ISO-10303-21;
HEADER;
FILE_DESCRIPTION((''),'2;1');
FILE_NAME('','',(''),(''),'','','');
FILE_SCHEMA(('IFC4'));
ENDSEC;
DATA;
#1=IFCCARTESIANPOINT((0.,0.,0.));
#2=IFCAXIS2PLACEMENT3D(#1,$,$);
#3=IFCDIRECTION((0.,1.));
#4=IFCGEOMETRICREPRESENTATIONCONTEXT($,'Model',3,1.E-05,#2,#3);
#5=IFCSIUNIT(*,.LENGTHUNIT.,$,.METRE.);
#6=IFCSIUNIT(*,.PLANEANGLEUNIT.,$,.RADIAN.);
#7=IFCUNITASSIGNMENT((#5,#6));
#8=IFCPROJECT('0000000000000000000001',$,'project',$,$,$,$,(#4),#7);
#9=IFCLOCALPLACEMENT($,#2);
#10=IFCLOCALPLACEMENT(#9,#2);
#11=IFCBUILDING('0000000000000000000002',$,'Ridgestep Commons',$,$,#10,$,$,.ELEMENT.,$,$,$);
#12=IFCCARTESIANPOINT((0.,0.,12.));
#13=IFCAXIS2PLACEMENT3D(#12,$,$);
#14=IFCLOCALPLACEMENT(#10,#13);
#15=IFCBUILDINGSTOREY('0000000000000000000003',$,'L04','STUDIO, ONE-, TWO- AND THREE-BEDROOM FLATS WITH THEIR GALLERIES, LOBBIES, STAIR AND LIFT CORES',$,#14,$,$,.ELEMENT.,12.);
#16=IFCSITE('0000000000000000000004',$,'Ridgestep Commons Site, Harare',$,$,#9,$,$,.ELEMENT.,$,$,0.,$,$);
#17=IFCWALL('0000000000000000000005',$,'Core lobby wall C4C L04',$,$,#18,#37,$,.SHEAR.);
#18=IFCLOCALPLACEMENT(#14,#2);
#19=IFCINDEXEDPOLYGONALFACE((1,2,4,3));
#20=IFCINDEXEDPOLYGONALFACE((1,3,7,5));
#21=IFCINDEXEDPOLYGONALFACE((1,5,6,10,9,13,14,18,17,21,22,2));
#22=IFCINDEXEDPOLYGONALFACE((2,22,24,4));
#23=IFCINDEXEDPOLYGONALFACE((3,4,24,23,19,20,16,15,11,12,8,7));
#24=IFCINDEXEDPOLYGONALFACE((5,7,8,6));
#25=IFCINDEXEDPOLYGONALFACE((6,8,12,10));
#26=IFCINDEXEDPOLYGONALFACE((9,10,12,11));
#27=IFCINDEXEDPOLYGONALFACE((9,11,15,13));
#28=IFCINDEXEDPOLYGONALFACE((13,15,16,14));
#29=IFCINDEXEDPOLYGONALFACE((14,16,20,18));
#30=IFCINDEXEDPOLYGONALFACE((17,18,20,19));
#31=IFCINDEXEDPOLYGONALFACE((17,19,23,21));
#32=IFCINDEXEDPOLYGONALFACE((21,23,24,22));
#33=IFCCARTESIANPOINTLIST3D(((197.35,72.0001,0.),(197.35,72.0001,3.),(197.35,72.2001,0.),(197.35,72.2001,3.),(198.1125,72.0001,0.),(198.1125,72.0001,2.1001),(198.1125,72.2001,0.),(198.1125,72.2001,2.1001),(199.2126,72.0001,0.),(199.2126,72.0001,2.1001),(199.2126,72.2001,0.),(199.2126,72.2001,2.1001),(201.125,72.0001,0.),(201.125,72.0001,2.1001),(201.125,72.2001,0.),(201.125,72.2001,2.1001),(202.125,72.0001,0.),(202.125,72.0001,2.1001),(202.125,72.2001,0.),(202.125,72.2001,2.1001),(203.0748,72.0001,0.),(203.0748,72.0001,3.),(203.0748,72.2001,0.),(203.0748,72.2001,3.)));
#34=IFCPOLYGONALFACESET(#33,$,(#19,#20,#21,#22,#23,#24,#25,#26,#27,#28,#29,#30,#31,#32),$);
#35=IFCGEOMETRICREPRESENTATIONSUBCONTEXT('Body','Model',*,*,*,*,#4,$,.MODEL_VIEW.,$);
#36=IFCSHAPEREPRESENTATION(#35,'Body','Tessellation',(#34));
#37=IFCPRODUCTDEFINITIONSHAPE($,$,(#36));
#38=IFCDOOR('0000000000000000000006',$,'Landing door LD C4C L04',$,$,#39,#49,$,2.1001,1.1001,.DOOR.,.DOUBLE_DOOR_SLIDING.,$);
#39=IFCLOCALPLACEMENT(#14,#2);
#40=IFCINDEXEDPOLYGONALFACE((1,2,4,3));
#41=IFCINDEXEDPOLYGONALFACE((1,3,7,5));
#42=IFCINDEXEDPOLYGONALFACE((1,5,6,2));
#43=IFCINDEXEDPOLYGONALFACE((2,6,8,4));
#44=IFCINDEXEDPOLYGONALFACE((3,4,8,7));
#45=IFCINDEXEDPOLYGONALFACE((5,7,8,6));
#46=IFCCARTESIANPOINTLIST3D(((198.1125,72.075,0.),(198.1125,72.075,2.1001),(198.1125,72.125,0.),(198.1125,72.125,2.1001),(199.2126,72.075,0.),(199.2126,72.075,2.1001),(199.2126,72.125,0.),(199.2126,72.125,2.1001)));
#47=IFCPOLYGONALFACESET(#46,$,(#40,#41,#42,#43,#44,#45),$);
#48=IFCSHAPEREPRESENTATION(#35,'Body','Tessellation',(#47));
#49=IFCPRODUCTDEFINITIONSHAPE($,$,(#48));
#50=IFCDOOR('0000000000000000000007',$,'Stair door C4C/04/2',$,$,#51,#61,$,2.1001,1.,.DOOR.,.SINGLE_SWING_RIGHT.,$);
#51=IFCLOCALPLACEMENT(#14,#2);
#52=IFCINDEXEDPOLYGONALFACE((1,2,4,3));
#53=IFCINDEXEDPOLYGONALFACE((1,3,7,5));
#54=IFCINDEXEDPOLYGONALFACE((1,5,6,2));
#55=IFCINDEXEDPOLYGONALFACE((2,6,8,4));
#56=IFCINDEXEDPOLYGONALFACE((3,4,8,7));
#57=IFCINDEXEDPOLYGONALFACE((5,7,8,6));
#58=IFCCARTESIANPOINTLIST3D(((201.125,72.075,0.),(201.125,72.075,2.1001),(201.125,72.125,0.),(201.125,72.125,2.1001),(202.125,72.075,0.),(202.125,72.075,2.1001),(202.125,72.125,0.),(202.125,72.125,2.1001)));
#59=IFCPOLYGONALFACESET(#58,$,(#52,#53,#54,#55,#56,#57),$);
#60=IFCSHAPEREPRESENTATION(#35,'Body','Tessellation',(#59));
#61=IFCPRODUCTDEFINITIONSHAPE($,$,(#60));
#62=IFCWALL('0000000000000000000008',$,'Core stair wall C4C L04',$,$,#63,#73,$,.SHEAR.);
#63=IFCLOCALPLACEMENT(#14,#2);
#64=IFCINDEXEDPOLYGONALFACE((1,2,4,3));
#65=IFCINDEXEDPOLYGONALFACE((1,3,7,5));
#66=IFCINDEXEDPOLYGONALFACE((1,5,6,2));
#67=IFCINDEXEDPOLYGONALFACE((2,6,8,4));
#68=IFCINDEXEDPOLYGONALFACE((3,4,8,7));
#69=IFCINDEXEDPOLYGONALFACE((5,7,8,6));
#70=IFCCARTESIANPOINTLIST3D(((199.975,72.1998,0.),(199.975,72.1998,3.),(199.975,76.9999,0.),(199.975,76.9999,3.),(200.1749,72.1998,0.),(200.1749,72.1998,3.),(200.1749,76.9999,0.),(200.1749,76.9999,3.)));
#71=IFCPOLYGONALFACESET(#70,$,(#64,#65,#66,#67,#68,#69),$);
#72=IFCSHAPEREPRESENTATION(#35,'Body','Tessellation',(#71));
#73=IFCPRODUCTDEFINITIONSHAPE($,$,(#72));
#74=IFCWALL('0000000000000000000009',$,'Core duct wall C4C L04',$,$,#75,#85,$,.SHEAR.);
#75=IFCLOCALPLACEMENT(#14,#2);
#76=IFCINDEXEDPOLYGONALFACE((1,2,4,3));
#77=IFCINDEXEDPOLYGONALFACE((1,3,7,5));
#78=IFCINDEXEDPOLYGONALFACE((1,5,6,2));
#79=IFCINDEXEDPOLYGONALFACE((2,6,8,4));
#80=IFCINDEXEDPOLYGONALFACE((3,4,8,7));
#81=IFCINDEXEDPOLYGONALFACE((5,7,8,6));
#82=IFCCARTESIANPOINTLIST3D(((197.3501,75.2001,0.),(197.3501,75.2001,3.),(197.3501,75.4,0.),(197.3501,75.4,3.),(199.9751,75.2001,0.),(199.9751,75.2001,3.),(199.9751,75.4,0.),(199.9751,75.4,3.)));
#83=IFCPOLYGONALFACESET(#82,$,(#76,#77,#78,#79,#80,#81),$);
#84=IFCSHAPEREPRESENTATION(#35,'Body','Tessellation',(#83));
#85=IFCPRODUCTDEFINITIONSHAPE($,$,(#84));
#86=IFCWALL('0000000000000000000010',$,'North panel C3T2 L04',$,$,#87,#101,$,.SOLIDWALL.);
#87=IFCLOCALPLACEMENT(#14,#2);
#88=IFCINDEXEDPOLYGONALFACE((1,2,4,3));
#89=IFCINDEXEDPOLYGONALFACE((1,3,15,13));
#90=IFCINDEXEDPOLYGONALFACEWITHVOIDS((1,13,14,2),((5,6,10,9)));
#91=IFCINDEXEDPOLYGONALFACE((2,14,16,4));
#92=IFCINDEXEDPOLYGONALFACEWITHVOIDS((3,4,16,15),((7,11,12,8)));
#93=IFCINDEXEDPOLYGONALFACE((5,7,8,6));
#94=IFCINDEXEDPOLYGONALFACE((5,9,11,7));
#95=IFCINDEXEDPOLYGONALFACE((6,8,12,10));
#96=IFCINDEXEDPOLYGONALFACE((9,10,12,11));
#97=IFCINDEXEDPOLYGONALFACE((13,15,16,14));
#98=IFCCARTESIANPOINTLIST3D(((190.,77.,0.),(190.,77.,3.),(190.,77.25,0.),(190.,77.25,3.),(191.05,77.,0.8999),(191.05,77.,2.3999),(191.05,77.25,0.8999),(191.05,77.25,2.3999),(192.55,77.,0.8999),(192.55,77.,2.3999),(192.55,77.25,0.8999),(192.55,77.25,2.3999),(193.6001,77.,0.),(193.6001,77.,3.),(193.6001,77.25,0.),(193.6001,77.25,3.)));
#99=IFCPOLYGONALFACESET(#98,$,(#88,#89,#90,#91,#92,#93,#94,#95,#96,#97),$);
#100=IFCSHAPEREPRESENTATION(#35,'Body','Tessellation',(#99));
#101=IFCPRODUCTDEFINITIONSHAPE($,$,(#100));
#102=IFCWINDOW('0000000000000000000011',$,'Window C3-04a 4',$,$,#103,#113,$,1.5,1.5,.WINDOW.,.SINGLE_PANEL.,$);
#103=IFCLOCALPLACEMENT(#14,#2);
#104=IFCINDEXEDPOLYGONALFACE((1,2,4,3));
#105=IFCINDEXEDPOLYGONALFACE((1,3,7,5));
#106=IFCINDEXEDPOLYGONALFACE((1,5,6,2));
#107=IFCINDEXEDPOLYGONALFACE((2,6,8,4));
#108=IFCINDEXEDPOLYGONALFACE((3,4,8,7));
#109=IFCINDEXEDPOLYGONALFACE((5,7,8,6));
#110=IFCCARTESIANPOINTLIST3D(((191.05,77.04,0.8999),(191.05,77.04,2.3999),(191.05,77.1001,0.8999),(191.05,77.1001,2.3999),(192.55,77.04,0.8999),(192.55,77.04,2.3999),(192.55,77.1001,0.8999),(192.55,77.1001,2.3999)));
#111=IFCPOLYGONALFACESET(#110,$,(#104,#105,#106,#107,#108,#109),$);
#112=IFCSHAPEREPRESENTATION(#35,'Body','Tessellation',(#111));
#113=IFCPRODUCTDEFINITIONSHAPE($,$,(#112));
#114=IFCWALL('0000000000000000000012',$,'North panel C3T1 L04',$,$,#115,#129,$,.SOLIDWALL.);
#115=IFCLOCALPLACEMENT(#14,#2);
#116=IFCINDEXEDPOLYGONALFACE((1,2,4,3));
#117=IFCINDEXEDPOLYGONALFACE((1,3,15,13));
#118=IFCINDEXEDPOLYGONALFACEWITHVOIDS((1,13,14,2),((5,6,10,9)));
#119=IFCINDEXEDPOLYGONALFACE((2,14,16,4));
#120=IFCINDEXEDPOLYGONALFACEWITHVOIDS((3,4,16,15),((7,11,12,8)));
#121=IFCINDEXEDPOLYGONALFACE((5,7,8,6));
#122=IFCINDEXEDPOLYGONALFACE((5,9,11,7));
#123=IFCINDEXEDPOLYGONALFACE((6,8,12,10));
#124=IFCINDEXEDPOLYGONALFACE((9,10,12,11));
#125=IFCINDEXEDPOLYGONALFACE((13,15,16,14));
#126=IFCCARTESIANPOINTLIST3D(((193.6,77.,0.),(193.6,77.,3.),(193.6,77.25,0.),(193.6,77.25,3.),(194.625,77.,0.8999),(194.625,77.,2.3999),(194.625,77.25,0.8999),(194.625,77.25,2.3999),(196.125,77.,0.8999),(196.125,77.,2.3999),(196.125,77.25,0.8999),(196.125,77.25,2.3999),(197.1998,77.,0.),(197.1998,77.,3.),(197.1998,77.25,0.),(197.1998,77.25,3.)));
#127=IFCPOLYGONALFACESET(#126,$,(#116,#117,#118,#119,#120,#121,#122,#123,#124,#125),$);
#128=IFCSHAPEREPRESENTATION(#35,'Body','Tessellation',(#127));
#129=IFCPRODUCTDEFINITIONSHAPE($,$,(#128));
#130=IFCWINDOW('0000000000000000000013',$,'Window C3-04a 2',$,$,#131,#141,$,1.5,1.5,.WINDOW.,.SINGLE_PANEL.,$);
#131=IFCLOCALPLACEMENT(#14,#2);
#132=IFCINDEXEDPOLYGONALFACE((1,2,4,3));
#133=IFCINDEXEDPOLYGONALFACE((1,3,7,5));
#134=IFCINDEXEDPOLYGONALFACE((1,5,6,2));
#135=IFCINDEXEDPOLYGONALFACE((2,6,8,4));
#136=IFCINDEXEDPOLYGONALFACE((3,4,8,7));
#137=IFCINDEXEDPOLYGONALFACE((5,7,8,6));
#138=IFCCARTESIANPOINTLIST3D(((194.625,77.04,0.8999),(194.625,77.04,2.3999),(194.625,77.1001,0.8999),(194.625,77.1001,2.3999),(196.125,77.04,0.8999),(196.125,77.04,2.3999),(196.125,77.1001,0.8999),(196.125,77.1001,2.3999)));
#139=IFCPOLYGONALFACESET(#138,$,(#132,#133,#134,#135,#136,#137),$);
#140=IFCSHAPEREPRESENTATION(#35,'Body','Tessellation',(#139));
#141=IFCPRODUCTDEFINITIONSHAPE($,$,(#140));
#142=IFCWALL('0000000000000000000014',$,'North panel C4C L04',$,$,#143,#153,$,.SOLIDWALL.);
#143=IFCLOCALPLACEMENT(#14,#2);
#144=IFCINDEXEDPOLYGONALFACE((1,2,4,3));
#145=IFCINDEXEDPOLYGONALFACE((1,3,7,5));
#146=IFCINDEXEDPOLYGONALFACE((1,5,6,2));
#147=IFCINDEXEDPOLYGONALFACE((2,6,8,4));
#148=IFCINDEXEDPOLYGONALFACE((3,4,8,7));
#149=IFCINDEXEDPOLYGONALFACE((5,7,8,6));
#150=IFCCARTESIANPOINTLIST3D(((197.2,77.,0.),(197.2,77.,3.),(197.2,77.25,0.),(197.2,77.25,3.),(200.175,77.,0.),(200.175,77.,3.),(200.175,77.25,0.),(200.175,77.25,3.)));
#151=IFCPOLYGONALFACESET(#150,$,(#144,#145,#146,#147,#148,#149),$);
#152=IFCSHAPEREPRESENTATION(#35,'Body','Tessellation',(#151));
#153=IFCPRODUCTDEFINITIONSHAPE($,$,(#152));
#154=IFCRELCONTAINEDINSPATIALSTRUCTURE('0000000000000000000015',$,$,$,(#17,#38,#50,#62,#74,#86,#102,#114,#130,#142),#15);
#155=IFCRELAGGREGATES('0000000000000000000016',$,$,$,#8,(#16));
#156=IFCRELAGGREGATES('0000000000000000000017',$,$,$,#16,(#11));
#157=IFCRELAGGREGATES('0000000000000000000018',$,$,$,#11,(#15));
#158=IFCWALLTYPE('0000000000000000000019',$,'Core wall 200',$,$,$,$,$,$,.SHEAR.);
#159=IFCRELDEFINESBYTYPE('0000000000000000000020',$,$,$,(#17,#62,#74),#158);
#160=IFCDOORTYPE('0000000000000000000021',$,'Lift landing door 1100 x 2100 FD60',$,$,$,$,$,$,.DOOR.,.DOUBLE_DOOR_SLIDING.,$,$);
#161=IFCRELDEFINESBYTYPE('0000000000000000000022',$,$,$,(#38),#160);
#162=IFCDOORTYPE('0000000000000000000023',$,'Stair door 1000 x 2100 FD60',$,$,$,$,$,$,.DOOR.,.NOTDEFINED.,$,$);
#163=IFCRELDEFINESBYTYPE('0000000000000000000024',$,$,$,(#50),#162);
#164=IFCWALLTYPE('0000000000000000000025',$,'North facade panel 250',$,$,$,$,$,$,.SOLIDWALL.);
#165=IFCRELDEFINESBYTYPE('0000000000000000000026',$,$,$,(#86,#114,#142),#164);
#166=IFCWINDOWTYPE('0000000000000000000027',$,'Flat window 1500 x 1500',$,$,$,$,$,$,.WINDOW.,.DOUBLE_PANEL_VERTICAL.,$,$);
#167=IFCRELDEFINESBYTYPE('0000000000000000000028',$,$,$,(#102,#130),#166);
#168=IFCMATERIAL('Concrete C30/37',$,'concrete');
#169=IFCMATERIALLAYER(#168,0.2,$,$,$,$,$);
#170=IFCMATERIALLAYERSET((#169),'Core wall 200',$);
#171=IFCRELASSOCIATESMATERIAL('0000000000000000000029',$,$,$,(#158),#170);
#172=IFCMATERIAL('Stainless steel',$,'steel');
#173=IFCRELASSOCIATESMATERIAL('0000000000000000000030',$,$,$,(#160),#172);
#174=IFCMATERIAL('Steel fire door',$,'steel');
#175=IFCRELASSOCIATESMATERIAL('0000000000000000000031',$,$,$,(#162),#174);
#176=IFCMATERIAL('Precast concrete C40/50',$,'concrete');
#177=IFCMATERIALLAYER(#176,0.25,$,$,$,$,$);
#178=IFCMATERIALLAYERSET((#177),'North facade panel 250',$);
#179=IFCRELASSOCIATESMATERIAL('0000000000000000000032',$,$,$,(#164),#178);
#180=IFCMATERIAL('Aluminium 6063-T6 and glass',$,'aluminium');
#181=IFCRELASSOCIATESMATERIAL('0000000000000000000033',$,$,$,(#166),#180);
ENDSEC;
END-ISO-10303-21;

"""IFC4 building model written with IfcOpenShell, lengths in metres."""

from ifc_helpers import new_model, si_unit, direction, frame, frame_2d, origin, place, context, subcontext, project, spatial, rectangle, extrude, material, layer, layer_set, type_object, element, fill, save


model = new_model("IFC4")

# Units and contexts
model_context = context("Model", 3, precision=1e-05, world=origin(), true_north=direction((0.0, 1.0)))
body_context = subcontext(model_context, "Body", "Model", "MODEL_VIEW")
ifc_project = project(units=[si_unit("LENGTHUNIT", "METRE"), si_unit("PLANEANGLEUNIT", "RADIAN")], contexts=[model_context])

# Site, building, storey
site_placement = place(None, origin())
site = spatial("IfcSite", under=ifc_project, at=site_placement, Name="Ridgestep Commons Site, Harare", CompositionType="ELEMENT", RefElevation=0.0)
building_placement = place(site_placement, origin())
building = spatial("IfcBuilding", under=site, at=building_placement, Name="Ridgestep Commons", CompositionType="ELEMENT")
storey_placement = place(building_placement, frame((0.0, 0.0, 12.0)))
storey = spatial("IfcBuildingStorey", under=building, at=storey_placement, Name="L04", Description="STUDIO, ONE-, TWO- AND THREE-BEDROOM FLATS WITH THEIR GALLERIES, LOBBIES, STAIR AND LIFT CORES", CompositionType="ELEMENT", Elevation=12.0)

# Wall, openings, doors
ifc_material_1 = material(Name="Concrete C30/37", Category="concrete")
ifc_layer_1 = layer(ifc_material_1, 0.2)
ifc_layer_set_1 = layer_set([ifc_layer_1], Name="Core wall 200")
wall_type_1 = type_object("IfcWallType", Name="Core wall 200", PredefinedType="SHEAR", material=ifc_layer_set_1)
wall_1_placement = place(storey_placement, frame((197.3501, 72.1001, 0.0), z_axis=(0.0, 0.0, 1.0), x_axis=(1.0, 0.0, 0.0)))
wall_1 = element("IfcWall", 1, at=wall_1_placement, inside=storey, type_object=wall_type_1, Name="Core lobby wall C4C L04", PredefinedType="SHEAR", context=body_context, shape_type="SweptSolid", body=[
    extrude(rectangle(XDim=5.7249, YDim=0.2, at=frame_2d((2.8623, 0.0))), origin(), (0.0, 0.0, 1.0), 3.0),
])
opening_1_placement = place(wall_1_placement, frame((3.7749, 0.0, 0.0)))
opening_1 = element("IfcOpeningElement", 2, at=opening_1_placement, cuts=wall_1, PredefinedType="OPENING", context=body_context, shape_type="SweptSolid", body=[
    extrude(rectangle(XDim=1.0, YDim=2.1001, at=frame_2d((0.5, 1.05))), frame((0.0, 0.1099, 0.0), z_axis=(0.0, -1.0, 0.0), x_axis=(1.0, 0.0, 0.0)), (0.0, 0.0, 1.0), 0.22),
])
opening_2_placement = place(wall_1_placement, frame((0.7625, 0.0, 0.0)))
opening_2 = element("IfcOpeningElement", 3, at=opening_2_placement, cuts=wall_1, PredefinedType="OPENING", context=body_context, shape_type="SweptSolid", body=[
    extrude(rectangle(XDim=1.1001, YDim=2.1001, at=frame_2d((0.55, 1.05))), frame((0.0, 0.1099, 0.0), z_axis=(0.0, -1.0, 0.0), x_axis=(1.0, 0.0, 0.0)), (0.0, 0.0, 1.0), 0.22),
])
ifc_material_2 = material(Name="Stainless steel", Category="steel")
door_type_1 = type_object("IfcDoorType", Name="Lift landing door 1100 x 2100 FD60", OperationType="DOUBLE_DOOR_SLIDING", PredefinedType="DOOR", material=ifc_material_2)
door_1_placement = place(opening_2_placement, origin())
door_1 = element("IfcDoor", 4, at=door_1_placement, inside=storey, type_object=door_type_1, Name="Landing door LD C4C L04", OperationType="DOUBLE_DOOR_SLIDING", OverallHeight=2.1001, OverallWidth=1.1001, PredefinedType="DOOR", context=body_context, shape_type="SweptSolid", body=[
    extrude(rectangle(XDim=1.1001, YDim=2.1001, at=frame_2d((0.55, 1.05))), frame((0.0, 0.0249, 0.0), z_axis=(0.0, -1.0, 0.0), x_axis=(1.0, 0.0, 0.0)), (0.0, 0.0, 1.0), 0.05),
])
fill(opening_2, door_1)
ifc_material_3 = material(Name="Steel fire door", Category="steel")
door_type_2 = type_object("IfcDoorType", Name="Stair door 1000 x 2100 FD60", OperationType="NOTDEFINED", PredefinedType="DOOR", material=ifc_material_3)
door_2_placement = place(opening_1_placement, origin())
door_2 = element("IfcDoor", 5, at=door_2_placement, inside=storey, type_object=door_type_2, Name="Stair door C4C/04/2", OperationType="SINGLE_SWING_RIGHT", OverallHeight=2.1001, OverallWidth=1.0, PredefinedType="DOOR", context=body_context, shape_type="SweptSolid", body=[
    extrude(rectangle(XDim=1.0, YDim=2.1001, at=frame_2d((0.5, 1.05))), frame((0.0, 0.0249, 0.0), z_axis=(0.0, -1.0, 0.0), x_axis=(1.0, 0.0, 0.0)), (0.0, 0.0, 1.0), 0.05),
])
fill(opening_1, door_2)

# Walls
wall_2_placement = place(storey_placement, frame((200.075, 72.2, 0.0), z_axis=(0.0, 0.0, 1.0), x_axis=(0.0, 1.0, 0.0)))
element("IfcWall", 6, at=wall_2_placement, inside=storey, type_object=wall_type_1, Name="Core stair wall C4C L04", PredefinedType="SHEAR", context=body_context, shape_type="SweptSolid", body=[
    extrude(rectangle(XDim=4.8, YDim=0.2, at=frame_2d((2.3999, 0.0))), origin(), (0.0, 0.0, 1.0), 3.0),
])
wall_3_placement = place(storey_placement, frame((197.3501, 75.3, 0.0), z_axis=(0.0, 0.0, 1.0), x_axis=(1.0, 0.0, 0.0)))
element("IfcWall", 7, at=wall_3_placement, inside=storey, type_object=wall_type_1, Name="Core duct wall C4C L04", PredefinedType="SHEAR", context=body_context, shape_type="SweptSolid", body=[
    extrude(rectangle(XDim=2.625, YDim=0.2, at=frame_2d((1.3125, 0.0))), origin(), (0.0, 0.0, 1.0), 3.0),
])

# Walls, openings, windows
ifc_material_4 = material(Name="Precast concrete C40/50", Category="concrete")
ifc_layer_2 = layer(ifc_material_4, 0.25)
ifc_layer_set_2 = layer_set([ifc_layer_2], Name="North facade panel 250")
wall_type_2 = type_object("IfcWallType", Name="North facade panel 250", PredefinedType="SOLIDWALL", material=ifc_layer_set_2)
wall_4_placement = place(storey_placement, frame((190.0, 77.125, 0.0), z_axis=(0.0, 0.0, 1.0), x_axis=(1.0, 0.0, 0.0)))
wall_4 = element("IfcWall", 8, at=wall_4_placement, inside=storey, type_object=wall_type_2, Name="North panel C3T2 L04", PredefinedType="SOLIDWALL", context=body_context, shape_type="SweptSolid", body=[
    extrude(rectangle(XDim=3.6001, YDim=0.25, at=frame_2d((1.8, 0.0))), origin(), (0.0, 0.0, 1.0), 3.0),
])
opening_3_placement = place(wall_4_placement, frame((1.05, 0.0, 0.8999)))
opening_3 = element("IfcOpeningElement", 9, at=opening_3_placement, cuts=wall_4, PredefinedType="OPENING", context=body_context, shape_type="SweptSolid", body=[
    extrude(rectangle(XDim=1.5, YDim=1.5, at=frame_2d((0.75, 0.75))), frame((0.0, 0.135, 0.0), z_axis=(0.0, -1.0, 0.0), x_axis=(1.0, 0.0, 0.0)), (0.0, 0.0, 1.0), 0.27),
])
ifc_material_5 = material(Name="Aluminium 6063-T6 and glass", Category="aluminium")
window_type = type_object("IfcWindowType", Name="Flat window 1500 x 1500", PartitioningType="DOUBLE_PANEL_VERTICAL", PredefinedType="WINDOW", material=ifc_material_5)
window_1_placement = place(opening_3_placement, origin())
window_1 = element("IfcWindow", 10, at=window_1_placement, inside=storey, type_object=window_type, Name="Window C3-04a 4", OverallHeight=1.5, OverallWidth=1.5, PartitioningType="SINGLE_PANEL", PredefinedType="WINDOW", context=body_context, shape_type="SweptSolid", body=[
    extrude(rectangle(XDim=1.5, YDim=1.5, at=frame_2d((0.75, 0.75))), frame((0.0, -0.0249, 0.0), z_axis=(0.0, -1.0, 0.0), x_axis=(1.0, 0.0, 0.0)), (0.0, 0.0, 1.0), 0.0601),
])
fill(opening_3, window_1)
wall_5_placement = place(storey_placement, frame((193.6001, 77.125, 0.0), z_axis=(0.0, 0.0, 1.0), x_axis=(1.0, 0.0, 0.0)))
wall_5 = element("IfcWall", 11, at=wall_5_placement, inside=storey, type_object=wall_type_2, Name="North panel C3T1 L04", PredefinedType="SOLIDWALL", context=body_context, shape_type="SweptSolid", body=[
    extrude(rectangle(XDim=3.5999, YDim=0.25, at=frame_2d((1.7998, 0.0))), origin(), (0.0, 0.0, 1.0), 3.0),
])
opening_4_placement = place(wall_5_placement, frame((1.0249, 0.0, 0.8999)))
opening_4 = element("IfcOpeningElement", 12, at=opening_4_placement, cuts=wall_5, PredefinedType="OPENING", context=body_context, shape_type="SweptSolid", body=[
    extrude(rectangle(XDim=1.5, YDim=1.5, at=frame_2d((0.75, 0.75))), frame((0.0, 0.135, 0.0), z_axis=(0.0, -1.0, 0.0), x_axis=(1.0, 0.0, 0.0)), (0.0, 0.0, 1.0), 0.27),
])
window_2_placement = place(opening_4_placement, origin())
window_2 = element("IfcWindow", 13, at=window_2_placement, inside=storey, type_object=window_type, Name="Window C3-04a 2", OverallHeight=1.5, OverallWidth=1.5, PartitioningType="SINGLE_PANEL", PredefinedType="WINDOW", context=body_context, shape_type="SweptSolid", body=[
    extrude(rectangle(XDim=1.5, YDim=1.5, at=frame_2d((0.75, 0.75))), frame((0.0, -0.0249, 0.0), z_axis=(0.0, -1.0, 0.0), x_axis=(1.0, 0.0, 0.0)), (0.0, 0.0, 1.0), 0.0601),
])
fill(opening_4, window_2)

# Wall
wall_6_placement = place(storey_placement, frame((197.2, 77.125, 0.0), z_axis=(0.0, 0.0, 1.0), x_axis=(1.0, 0.0, 0.0)))
element("IfcWall", 14, at=wall_6_placement, inside=storey, type_object=wall_type_2, Name="North panel C4C L04", PredefinedType="SOLIDWALL", context=body_context, shape_type="SweptSolid", body=[
    extrude(rectangle(XDim=2.9751, YDim=0.25, at=frame_2d((1.4875, 0.0))), origin(), (0.0, 0.0, 1.0), 3.0),
])

save(model, "model.ifc")
